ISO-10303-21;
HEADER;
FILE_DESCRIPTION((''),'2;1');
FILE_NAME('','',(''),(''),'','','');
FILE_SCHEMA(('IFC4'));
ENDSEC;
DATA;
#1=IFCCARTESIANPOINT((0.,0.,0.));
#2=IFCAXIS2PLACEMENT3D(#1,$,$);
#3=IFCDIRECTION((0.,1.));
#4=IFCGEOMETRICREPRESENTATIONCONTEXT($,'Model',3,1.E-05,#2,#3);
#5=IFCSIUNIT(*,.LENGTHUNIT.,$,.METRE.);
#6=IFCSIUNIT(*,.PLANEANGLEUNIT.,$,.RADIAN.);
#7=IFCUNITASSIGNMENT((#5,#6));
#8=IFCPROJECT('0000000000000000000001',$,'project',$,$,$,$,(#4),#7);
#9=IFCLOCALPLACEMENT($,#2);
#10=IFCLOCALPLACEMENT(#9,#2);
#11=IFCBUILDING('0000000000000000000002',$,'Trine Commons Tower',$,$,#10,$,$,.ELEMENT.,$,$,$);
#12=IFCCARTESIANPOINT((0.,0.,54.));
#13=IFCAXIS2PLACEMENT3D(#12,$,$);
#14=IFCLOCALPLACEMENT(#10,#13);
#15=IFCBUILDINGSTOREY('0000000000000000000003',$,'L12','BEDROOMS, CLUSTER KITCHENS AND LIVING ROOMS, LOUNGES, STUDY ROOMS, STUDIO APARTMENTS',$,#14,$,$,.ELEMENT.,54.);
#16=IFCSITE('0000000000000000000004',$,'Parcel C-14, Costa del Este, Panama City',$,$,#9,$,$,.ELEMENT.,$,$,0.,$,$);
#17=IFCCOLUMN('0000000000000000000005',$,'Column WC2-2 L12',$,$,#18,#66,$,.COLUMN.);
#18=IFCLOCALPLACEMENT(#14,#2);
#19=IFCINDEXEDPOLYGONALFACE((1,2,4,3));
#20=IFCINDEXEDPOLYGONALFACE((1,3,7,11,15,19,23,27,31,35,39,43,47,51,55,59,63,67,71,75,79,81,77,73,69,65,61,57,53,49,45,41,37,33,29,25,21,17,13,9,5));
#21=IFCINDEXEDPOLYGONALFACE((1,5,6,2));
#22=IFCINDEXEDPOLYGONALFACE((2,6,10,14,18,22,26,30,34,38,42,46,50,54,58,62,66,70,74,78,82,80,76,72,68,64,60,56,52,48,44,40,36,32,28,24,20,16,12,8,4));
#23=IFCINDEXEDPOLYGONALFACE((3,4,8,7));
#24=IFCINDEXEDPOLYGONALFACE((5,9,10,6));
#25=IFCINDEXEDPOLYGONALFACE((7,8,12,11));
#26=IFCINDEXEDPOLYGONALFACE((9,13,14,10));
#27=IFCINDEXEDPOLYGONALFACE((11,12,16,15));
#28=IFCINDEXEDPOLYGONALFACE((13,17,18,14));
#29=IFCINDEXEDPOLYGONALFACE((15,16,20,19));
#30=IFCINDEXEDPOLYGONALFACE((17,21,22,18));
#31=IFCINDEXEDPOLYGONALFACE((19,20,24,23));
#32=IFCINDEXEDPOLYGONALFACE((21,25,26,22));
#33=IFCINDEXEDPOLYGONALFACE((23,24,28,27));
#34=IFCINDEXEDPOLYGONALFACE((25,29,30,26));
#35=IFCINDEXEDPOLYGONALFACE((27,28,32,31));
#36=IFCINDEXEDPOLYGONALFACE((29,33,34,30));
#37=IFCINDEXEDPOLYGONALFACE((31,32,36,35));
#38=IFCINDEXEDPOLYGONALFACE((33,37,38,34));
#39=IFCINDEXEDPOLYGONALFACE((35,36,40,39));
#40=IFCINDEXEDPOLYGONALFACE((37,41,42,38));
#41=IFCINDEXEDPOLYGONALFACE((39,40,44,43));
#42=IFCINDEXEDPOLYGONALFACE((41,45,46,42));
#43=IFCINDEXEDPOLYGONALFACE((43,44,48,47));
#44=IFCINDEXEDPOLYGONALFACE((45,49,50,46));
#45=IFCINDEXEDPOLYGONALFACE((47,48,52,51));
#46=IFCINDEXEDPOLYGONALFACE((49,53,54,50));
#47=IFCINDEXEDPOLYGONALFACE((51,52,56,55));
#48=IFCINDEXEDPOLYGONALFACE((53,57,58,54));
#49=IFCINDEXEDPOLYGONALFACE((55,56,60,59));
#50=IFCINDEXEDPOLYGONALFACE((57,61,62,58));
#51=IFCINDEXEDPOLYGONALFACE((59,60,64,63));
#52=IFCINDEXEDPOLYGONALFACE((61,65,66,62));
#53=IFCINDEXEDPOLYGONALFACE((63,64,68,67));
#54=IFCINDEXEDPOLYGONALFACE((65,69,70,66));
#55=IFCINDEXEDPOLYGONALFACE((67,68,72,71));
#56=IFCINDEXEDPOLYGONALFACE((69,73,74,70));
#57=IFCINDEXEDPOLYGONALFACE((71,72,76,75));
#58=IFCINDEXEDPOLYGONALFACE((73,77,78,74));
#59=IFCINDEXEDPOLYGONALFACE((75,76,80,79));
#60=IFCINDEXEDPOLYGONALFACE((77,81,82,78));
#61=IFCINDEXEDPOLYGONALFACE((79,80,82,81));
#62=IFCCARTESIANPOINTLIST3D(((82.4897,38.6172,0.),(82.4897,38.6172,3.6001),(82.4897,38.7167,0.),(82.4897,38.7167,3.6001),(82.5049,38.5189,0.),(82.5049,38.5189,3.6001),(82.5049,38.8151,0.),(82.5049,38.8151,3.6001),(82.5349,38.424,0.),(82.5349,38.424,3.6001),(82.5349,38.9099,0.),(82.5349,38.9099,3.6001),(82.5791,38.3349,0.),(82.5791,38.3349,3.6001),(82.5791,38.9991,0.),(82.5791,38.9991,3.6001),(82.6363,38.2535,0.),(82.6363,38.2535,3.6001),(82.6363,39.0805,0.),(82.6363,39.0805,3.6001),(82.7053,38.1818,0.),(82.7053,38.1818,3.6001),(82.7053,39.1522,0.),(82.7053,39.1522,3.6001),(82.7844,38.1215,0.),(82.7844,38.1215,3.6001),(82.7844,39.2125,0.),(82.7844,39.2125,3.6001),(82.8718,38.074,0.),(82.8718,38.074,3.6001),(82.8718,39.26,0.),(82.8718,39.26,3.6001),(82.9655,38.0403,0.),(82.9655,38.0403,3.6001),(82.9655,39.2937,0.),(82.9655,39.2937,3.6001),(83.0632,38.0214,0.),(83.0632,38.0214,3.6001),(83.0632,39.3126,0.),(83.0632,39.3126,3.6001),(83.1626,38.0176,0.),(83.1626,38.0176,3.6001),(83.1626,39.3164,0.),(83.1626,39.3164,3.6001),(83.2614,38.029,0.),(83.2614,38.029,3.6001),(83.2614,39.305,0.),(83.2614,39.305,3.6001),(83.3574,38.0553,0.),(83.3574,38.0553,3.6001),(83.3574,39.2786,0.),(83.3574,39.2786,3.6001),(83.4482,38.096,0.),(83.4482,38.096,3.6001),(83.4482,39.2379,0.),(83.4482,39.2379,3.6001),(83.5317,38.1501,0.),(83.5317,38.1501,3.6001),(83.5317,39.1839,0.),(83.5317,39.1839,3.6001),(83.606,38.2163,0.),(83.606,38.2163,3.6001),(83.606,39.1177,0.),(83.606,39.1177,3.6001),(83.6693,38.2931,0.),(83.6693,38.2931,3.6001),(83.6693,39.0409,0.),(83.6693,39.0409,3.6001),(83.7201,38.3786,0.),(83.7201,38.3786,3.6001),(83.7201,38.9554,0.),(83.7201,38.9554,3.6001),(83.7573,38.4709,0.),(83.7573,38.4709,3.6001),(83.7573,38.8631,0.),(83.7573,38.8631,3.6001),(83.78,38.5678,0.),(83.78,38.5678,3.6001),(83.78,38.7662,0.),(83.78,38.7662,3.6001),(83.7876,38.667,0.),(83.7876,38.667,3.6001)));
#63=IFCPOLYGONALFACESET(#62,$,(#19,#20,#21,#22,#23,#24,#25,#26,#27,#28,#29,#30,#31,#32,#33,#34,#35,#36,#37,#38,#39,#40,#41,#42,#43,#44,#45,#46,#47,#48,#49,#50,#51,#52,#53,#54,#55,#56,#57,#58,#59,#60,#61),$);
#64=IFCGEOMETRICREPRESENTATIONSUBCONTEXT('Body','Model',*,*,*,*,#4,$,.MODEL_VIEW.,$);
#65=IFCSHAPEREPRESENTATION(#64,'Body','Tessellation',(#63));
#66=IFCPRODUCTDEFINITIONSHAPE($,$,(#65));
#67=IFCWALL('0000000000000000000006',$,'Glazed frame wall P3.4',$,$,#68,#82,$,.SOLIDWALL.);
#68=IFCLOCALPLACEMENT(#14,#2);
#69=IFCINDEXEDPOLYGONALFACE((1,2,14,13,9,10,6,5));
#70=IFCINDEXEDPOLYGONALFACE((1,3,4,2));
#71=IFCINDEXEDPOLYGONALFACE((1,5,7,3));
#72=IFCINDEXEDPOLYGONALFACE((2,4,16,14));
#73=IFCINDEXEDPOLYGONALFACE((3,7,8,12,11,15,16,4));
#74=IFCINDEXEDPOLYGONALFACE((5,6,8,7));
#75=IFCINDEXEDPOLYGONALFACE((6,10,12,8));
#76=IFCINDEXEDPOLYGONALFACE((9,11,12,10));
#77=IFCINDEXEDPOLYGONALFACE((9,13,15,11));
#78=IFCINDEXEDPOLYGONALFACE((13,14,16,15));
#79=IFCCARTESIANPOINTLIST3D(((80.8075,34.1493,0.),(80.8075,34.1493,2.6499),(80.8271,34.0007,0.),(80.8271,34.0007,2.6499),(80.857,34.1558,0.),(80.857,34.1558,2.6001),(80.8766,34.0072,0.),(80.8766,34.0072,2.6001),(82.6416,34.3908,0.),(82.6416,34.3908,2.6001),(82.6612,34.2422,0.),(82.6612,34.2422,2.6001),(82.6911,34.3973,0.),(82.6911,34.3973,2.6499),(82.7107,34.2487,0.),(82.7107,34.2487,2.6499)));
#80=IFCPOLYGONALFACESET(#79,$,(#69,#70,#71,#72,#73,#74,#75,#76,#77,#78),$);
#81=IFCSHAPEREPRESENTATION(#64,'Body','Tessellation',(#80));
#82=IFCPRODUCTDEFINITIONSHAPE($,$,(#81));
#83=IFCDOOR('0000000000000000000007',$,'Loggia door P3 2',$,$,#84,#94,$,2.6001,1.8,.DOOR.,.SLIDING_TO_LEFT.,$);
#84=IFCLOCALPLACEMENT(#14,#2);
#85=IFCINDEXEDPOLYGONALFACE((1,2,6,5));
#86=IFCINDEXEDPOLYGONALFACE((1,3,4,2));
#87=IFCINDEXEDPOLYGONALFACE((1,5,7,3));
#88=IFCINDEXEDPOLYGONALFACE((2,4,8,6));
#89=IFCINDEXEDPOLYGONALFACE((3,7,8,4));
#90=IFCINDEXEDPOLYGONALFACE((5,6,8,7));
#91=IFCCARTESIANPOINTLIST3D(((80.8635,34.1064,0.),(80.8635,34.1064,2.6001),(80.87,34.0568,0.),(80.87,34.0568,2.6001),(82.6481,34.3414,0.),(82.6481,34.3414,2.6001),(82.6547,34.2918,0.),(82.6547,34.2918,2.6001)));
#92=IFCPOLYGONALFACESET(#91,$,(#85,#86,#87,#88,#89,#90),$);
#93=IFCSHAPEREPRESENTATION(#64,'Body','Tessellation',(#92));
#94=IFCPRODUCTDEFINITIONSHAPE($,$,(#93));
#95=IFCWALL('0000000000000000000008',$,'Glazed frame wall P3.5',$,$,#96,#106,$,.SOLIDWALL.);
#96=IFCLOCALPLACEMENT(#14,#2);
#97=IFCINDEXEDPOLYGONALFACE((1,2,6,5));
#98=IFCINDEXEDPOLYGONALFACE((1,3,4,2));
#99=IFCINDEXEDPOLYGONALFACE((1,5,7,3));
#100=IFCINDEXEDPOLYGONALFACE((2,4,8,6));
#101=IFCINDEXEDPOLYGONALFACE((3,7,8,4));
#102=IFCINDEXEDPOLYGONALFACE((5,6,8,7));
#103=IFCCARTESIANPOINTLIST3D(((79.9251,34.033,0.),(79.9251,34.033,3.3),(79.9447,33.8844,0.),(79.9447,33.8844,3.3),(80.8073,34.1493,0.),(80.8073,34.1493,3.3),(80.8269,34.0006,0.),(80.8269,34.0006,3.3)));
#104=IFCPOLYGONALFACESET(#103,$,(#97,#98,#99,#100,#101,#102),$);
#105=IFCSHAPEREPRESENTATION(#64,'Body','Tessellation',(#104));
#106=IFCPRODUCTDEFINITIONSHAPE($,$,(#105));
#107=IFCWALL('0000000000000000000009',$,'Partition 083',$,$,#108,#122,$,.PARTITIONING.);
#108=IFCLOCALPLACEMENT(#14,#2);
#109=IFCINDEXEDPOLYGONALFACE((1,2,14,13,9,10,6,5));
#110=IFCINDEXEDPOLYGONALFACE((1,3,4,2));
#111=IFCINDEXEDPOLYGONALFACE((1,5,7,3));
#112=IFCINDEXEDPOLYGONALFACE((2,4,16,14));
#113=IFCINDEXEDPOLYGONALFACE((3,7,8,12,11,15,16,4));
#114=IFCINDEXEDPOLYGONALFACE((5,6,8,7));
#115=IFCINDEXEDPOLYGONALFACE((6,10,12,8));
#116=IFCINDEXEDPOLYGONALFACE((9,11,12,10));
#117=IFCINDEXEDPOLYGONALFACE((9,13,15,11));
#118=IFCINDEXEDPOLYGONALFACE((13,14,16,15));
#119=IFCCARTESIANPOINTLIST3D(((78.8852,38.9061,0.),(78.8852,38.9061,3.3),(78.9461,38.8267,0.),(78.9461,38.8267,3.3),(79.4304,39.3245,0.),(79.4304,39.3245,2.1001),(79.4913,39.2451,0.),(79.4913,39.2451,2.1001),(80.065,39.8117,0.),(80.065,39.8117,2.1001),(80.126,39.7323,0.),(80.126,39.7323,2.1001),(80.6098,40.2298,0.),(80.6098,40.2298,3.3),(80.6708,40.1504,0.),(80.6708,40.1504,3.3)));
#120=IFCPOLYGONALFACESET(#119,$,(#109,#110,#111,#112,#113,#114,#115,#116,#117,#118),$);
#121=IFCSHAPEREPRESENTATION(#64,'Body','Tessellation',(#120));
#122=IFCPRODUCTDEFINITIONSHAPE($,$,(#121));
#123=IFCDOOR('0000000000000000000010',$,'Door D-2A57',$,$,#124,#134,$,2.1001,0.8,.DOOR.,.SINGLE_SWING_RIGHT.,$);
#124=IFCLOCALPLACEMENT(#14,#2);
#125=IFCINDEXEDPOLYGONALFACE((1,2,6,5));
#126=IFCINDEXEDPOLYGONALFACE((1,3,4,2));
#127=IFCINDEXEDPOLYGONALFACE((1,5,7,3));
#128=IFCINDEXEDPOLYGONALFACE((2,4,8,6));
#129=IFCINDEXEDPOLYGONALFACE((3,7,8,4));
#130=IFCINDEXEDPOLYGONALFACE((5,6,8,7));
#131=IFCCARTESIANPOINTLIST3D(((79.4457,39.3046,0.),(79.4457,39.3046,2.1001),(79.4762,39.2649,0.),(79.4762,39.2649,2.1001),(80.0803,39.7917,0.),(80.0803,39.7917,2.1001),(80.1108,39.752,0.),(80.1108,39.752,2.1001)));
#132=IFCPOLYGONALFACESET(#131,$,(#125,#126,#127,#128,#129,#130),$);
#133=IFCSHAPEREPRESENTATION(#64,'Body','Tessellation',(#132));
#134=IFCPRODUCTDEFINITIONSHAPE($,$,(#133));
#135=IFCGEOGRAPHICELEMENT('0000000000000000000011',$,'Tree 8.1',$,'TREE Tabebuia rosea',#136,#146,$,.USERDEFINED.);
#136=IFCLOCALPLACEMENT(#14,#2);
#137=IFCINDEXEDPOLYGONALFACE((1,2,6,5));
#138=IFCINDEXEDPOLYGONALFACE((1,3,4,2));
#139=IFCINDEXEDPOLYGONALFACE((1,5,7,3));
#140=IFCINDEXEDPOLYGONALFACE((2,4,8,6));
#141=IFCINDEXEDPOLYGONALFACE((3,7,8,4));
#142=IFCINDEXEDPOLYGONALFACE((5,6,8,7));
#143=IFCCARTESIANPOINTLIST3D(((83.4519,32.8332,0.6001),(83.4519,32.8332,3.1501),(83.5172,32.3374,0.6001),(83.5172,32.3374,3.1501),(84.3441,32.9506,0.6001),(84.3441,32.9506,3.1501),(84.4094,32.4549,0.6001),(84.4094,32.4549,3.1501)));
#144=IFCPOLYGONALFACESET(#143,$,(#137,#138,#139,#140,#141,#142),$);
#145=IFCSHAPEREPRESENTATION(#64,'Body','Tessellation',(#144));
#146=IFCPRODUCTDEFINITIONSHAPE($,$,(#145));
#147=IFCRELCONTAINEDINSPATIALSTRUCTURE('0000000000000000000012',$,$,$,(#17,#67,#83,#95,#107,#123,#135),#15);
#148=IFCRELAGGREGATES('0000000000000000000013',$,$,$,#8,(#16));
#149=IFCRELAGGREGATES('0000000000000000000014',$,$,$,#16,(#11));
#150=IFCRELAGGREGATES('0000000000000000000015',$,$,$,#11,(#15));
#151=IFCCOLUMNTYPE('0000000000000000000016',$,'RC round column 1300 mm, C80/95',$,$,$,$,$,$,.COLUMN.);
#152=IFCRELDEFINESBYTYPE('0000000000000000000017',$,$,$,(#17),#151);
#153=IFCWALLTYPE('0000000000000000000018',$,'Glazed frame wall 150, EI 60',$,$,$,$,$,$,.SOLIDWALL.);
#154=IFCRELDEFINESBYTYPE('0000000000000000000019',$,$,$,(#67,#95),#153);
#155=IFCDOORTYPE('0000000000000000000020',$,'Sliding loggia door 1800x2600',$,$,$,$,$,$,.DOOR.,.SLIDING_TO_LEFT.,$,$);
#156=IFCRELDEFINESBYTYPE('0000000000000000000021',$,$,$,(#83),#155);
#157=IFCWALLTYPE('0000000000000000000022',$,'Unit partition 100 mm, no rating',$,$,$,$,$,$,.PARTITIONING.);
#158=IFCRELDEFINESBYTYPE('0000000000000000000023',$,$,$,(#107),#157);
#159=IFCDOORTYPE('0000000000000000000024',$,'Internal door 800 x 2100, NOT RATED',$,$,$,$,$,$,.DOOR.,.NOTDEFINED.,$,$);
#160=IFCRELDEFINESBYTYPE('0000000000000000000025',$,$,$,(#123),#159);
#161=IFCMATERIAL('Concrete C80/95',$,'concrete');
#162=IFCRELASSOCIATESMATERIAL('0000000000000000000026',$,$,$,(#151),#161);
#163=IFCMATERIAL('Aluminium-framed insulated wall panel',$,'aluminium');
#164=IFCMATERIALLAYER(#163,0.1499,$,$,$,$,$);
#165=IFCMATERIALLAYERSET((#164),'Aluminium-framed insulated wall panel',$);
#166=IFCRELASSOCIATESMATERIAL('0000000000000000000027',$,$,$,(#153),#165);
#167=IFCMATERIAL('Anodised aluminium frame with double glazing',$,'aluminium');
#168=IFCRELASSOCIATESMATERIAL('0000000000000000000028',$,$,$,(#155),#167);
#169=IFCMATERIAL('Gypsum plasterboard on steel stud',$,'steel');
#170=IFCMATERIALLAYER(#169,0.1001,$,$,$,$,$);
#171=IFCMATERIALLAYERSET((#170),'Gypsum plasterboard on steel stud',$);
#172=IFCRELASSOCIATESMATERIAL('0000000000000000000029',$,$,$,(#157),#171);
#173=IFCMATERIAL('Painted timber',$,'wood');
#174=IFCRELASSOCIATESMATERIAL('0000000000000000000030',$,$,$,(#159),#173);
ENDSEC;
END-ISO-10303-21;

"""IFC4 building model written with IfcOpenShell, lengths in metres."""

from ifc_helpers import new_model, si_unit, direction, frame, frame_2d, origin, origin_2d, place, context, subcontext, project, spatial, polyline, rectangle, circle, outline, extrude, material, layer, layer_set, material_profile, profile_set, type_object, element, fill, save


model = new_model("IFC4")

# Units and contexts
model_context = context("Model", 3, precision=1e-05, world=origin(), true_north=direction((0.0, 1.0)))
body_context = subcontext(model_context, "Body", "Model", "MODEL_VIEW")
ifc_project = project(units=[si_unit("LENGTHUNIT", "METRE"), si_unit("PLANEANGLEUNIT", "RADIAN")], contexts=[model_context])

# Site, building, storey
site_placement = place(None, origin())
site = spatial("IfcSite", under=ifc_project, at=site_placement, Name="Parcel C-14, Costa del Este, Panama City", CompositionType="ELEMENT", RefElevation=0.0)
building_placement = place(site_placement, origin())
building = spatial("IfcBuilding", under=site, at=building_placement, Name="Trine Commons Tower", CompositionType="ELEMENT")
storey_placement = place(building_placement, frame((0.0, 0.0, 54.0)))
storey = spatial("IfcBuildingStorey", under=building, at=storey_placement, Name="L12", Description="BEDROOMS, CLUSTER KITCHENS AND LIVING ROOMS, LOUNGES, STUDY ROOMS, STUDIO APARTMENTS", CompositionType="ELEMENT", Elevation=54.0)

# Column
ifc_material_1 = material(Name="Concrete C80/95", Category="concrete")
ifc_material_profile = material_profile(ifc_material_1, circle(Radius=0.6499, at=origin_2d()), Name="RC round 1300")
ifc_profile_set = profile_set([ifc_material_profile], Name="Concrete C80/95")
column_type = type_object("IfcColumnType", Name="RC round column 1300 mm, C80/95", PredefinedType="COLUMN", material=ifc_profile_set)
column_placement = place(storey_placement, frame((83.1377, 38.667, 0.0), z_axis=(0.0, 0.0, 1.0), x_axis=(1.0, 0.0, 0.0)))
element("IfcColumn", 1, at=column_placement, inside=storey, type_object=column_type, Name="Column WC2-2 L12", PredefinedType="COLUMN", context=body_context, shape_type="SweptSolid", body=[
    extrude(circle(Radius=0.6499, at=origin_2d()), origin(), (0.0, 0.0, 1.0), 3.6001),
])

# Wall, opening, door
ifc_material_2 = material(Name="Aluminium-framed insulated wall panel", Category="aluminium")
ifc_layer_1 = layer(ifc_material_2, 0.1499)
ifc_layer_set_1 = layer_set([ifc_layer_1], Name="Aluminium-framed insulated wall panel")
wall_type_1 = type_object("IfcWallType", Name="Glazed frame wall 150, EI 60", PredefinedType="SOLIDWALL", material=ifc_layer_set_1)
wall_1_placement = place(storey_placement, frame((82.7009, 34.323, 0.0), z_axis=(0.0, 0.0, 1.0), x_axis=(-0.991442, -0.130548, 0.0)))
wall_1 = element("IfcWall", 2, at=wall_1_placement, inside=storey, type_object=wall_type_1, Name="Glazed frame wall P3.4", PredefinedType="SOLIDWALL", context=body_context, shape_type="SweptSolid", body=[
    extrude(outline(polyline([(0.0, -0.075), (1.8999, -0.075), (1.8999, 0.075), (0.0, 0.075), (0.0, -0.075)])), origin(), (0.0, 0.0, 1.0), 2.6499),
])
opening_1_placement = place(wall_1_placement, frame((0.05, 0.0, 0.0)))
opening_1 = element("IfcOpeningElement", 3, at=opening_1_placement, cuts=wall_1, PredefinedType="OPENING", context=body_context, shape_type="SweptSolid", body=[
    extrude(rectangle(XDim=1.8, YDim=2.6001, at=frame_2d((0.8999, 1.3))), frame((0.0, 0.085, 0.0), z_axis=(0.0, -1.0, 0.0), x_axis=(1.0, 0.0, 0.0)), (0.0, 0.0, 1.0), 0.1699),
])
ifc_material_3 = material(Name="Anodised aluminium frame with double glazing", Category="aluminium")
door_type_1 = type_object("IfcDoorType", Name="Sliding loggia door 1800x2600", OperationType="SLIDING_TO_LEFT", PredefinedType="DOOR", material=ifc_material_3)
door_1_placement = place(opening_1_placement, origin())
door_1 = element("IfcDoor", 4, at=door_1_placement, inside=storey, type_object=door_type_1, Name="Loggia door P3 2", OperationType="SLIDING_TO_LEFT", OverallHeight=2.6001, OverallWidth=1.8, PredefinedType="DOOR", context=body_context, shape_type="SweptSolid", body=[
    extrude(rectangle(XDim=1.8, YDim=2.6001, at=frame_2d((0.8999, 1.3))), frame((0.0, 0.0249, 0.0), z_axis=(0.0, -1.0, 0.0), x_axis=(1.0, 0.0, 0.0)), (0.0, 0.0, 1.0), 0.05),
])
fill(opening_1, door_1)

# Wall
wall_2_placement = place(storey_placement, frame((80.8171, 34.075, 0.0), z_axis=(0.0, 0.0, 1.0), x_axis=(-0.991434, -0.130612, 0.0)))
element("IfcWall", 5, at=wall_2_placement, inside=storey, type_object=wall_type_1, Name="Glazed frame wall P3.5", PredefinedType="SOLIDWALL", context=body_context, shape_type="SweptSolid", body=[
    extrude(outline(polyline([(0.8899, 0.075), (0.0, 0.075), (0.0, -0.075), (0.8899, -0.075), (0.8899, 0.075)])), origin(), (0.0, 0.0, 1.0), 3.3),
])

# Wall, opening, door
ifc_material_4 = material(Name="Gypsum plasterboard on steel stud", Category="steel")
ifc_layer_2 = layer(ifc_material_4, 0.1001)
ifc_layer_set_2 = layer_set([ifc_layer_2], Name="Gypsum plasterboard on steel stud")
wall_type_2 = type_object("IfcWallType", Name="Unit partition 100 mm, no rating", PredefinedType="PARTITIONING", material=ifc_layer_set_2)
wall_3_placement = place(storey_placement, frame((78.9158, 38.8665, 0.0), z_axis=(0.0, 0.0, 1.0), x_axis=(0.793266, 0.608875, 0.0)))
wall_3 = element("IfcWall", 6, at=wall_3_placement, inside=storey, type_object=wall_type_2, Name="Partition 083", PredefinedType="PARTITIONING", context=body_context, shape_type="SweptSolid", body=[
    extrude(rectangle(XDim=2.1741, YDim=0.1001, at=frame_2d((1.0869, 0.0))), origin(), (0.0, 0.0, 1.0), 3.3),
])
opening_2_placement = place(wall_3_placement, frame((0.6873, 0.0, 0.0)))
opening_2 = element("IfcOpeningElement", 7, at=opening_2_placement, cuts=wall_3, PredefinedType="OPENING", context=body_context, shape_type="SweptSolid", body=[
    extrude(rectangle(XDim=0.8, YDim=2.1001, at=frame_2d((0.3999, 1.05))), frame((0.0, 0.0601, 0.0), z_axis=(0.0, -1.0, 0.0), x_axis=(1.0, 0.0, 0.0)), (0.0, 0.0, 1.0), 0.1201),
])
ifc_material_5 = material(Name="Painted timber", Category="wood")
door_type_2 = type_object("IfcDoorType", Name="Internal door 800 x 2100, NOT RATED", OperationType="NOTDEFINED", PredefinedType="DOOR", material=ifc_material_5)
door_2_placement = place(opening_2_placement, origin())
door_2 = element("IfcDoor", 8, at=door_2_placement, inside=storey, type_object=door_type_2, Name="Door D-2A57", OperationType="SINGLE_SWING_RIGHT", OverallHeight=2.1001, OverallWidth=0.8, PredefinedType="DOOR", context=body_context, shape_type="SweptSolid", body=[
    extrude(rectangle(XDim=0.8, YDim=2.1001, at=frame_2d((0.3999, 1.05))), frame((0.0, 0.0249, 0.0), z_axis=(0.0, -1.0, 0.0), x_axis=(1.0, 0.0, 0.0)), (0.0, 0.0, 1.0), 0.05),
])
fill(opening_2, door_2)

# Geographic element
geographic_element_placement = place(storey_placement, frame((83.9307, 32.644, 0.6001), z_axis=(0.0, 0.0, 1.0), x_axis=(-0.991443, -0.130543, 0.0)))
element("IfcGeographicElement", 9, at=geographic_element_placement, inside=storey, Name="Tree 8.1", ObjectType="TREE Tabebuia rosea", PredefinedType="USERDEFINED", context=body_context, shape_type="SweptSolid", body=[
    extrude(rectangle(XDim=0.8999, YDim=0.5, at=origin_2d()), origin(), (0.0, 0.0, 1.0), 2.55),
])

save(model, "model.ifc")
